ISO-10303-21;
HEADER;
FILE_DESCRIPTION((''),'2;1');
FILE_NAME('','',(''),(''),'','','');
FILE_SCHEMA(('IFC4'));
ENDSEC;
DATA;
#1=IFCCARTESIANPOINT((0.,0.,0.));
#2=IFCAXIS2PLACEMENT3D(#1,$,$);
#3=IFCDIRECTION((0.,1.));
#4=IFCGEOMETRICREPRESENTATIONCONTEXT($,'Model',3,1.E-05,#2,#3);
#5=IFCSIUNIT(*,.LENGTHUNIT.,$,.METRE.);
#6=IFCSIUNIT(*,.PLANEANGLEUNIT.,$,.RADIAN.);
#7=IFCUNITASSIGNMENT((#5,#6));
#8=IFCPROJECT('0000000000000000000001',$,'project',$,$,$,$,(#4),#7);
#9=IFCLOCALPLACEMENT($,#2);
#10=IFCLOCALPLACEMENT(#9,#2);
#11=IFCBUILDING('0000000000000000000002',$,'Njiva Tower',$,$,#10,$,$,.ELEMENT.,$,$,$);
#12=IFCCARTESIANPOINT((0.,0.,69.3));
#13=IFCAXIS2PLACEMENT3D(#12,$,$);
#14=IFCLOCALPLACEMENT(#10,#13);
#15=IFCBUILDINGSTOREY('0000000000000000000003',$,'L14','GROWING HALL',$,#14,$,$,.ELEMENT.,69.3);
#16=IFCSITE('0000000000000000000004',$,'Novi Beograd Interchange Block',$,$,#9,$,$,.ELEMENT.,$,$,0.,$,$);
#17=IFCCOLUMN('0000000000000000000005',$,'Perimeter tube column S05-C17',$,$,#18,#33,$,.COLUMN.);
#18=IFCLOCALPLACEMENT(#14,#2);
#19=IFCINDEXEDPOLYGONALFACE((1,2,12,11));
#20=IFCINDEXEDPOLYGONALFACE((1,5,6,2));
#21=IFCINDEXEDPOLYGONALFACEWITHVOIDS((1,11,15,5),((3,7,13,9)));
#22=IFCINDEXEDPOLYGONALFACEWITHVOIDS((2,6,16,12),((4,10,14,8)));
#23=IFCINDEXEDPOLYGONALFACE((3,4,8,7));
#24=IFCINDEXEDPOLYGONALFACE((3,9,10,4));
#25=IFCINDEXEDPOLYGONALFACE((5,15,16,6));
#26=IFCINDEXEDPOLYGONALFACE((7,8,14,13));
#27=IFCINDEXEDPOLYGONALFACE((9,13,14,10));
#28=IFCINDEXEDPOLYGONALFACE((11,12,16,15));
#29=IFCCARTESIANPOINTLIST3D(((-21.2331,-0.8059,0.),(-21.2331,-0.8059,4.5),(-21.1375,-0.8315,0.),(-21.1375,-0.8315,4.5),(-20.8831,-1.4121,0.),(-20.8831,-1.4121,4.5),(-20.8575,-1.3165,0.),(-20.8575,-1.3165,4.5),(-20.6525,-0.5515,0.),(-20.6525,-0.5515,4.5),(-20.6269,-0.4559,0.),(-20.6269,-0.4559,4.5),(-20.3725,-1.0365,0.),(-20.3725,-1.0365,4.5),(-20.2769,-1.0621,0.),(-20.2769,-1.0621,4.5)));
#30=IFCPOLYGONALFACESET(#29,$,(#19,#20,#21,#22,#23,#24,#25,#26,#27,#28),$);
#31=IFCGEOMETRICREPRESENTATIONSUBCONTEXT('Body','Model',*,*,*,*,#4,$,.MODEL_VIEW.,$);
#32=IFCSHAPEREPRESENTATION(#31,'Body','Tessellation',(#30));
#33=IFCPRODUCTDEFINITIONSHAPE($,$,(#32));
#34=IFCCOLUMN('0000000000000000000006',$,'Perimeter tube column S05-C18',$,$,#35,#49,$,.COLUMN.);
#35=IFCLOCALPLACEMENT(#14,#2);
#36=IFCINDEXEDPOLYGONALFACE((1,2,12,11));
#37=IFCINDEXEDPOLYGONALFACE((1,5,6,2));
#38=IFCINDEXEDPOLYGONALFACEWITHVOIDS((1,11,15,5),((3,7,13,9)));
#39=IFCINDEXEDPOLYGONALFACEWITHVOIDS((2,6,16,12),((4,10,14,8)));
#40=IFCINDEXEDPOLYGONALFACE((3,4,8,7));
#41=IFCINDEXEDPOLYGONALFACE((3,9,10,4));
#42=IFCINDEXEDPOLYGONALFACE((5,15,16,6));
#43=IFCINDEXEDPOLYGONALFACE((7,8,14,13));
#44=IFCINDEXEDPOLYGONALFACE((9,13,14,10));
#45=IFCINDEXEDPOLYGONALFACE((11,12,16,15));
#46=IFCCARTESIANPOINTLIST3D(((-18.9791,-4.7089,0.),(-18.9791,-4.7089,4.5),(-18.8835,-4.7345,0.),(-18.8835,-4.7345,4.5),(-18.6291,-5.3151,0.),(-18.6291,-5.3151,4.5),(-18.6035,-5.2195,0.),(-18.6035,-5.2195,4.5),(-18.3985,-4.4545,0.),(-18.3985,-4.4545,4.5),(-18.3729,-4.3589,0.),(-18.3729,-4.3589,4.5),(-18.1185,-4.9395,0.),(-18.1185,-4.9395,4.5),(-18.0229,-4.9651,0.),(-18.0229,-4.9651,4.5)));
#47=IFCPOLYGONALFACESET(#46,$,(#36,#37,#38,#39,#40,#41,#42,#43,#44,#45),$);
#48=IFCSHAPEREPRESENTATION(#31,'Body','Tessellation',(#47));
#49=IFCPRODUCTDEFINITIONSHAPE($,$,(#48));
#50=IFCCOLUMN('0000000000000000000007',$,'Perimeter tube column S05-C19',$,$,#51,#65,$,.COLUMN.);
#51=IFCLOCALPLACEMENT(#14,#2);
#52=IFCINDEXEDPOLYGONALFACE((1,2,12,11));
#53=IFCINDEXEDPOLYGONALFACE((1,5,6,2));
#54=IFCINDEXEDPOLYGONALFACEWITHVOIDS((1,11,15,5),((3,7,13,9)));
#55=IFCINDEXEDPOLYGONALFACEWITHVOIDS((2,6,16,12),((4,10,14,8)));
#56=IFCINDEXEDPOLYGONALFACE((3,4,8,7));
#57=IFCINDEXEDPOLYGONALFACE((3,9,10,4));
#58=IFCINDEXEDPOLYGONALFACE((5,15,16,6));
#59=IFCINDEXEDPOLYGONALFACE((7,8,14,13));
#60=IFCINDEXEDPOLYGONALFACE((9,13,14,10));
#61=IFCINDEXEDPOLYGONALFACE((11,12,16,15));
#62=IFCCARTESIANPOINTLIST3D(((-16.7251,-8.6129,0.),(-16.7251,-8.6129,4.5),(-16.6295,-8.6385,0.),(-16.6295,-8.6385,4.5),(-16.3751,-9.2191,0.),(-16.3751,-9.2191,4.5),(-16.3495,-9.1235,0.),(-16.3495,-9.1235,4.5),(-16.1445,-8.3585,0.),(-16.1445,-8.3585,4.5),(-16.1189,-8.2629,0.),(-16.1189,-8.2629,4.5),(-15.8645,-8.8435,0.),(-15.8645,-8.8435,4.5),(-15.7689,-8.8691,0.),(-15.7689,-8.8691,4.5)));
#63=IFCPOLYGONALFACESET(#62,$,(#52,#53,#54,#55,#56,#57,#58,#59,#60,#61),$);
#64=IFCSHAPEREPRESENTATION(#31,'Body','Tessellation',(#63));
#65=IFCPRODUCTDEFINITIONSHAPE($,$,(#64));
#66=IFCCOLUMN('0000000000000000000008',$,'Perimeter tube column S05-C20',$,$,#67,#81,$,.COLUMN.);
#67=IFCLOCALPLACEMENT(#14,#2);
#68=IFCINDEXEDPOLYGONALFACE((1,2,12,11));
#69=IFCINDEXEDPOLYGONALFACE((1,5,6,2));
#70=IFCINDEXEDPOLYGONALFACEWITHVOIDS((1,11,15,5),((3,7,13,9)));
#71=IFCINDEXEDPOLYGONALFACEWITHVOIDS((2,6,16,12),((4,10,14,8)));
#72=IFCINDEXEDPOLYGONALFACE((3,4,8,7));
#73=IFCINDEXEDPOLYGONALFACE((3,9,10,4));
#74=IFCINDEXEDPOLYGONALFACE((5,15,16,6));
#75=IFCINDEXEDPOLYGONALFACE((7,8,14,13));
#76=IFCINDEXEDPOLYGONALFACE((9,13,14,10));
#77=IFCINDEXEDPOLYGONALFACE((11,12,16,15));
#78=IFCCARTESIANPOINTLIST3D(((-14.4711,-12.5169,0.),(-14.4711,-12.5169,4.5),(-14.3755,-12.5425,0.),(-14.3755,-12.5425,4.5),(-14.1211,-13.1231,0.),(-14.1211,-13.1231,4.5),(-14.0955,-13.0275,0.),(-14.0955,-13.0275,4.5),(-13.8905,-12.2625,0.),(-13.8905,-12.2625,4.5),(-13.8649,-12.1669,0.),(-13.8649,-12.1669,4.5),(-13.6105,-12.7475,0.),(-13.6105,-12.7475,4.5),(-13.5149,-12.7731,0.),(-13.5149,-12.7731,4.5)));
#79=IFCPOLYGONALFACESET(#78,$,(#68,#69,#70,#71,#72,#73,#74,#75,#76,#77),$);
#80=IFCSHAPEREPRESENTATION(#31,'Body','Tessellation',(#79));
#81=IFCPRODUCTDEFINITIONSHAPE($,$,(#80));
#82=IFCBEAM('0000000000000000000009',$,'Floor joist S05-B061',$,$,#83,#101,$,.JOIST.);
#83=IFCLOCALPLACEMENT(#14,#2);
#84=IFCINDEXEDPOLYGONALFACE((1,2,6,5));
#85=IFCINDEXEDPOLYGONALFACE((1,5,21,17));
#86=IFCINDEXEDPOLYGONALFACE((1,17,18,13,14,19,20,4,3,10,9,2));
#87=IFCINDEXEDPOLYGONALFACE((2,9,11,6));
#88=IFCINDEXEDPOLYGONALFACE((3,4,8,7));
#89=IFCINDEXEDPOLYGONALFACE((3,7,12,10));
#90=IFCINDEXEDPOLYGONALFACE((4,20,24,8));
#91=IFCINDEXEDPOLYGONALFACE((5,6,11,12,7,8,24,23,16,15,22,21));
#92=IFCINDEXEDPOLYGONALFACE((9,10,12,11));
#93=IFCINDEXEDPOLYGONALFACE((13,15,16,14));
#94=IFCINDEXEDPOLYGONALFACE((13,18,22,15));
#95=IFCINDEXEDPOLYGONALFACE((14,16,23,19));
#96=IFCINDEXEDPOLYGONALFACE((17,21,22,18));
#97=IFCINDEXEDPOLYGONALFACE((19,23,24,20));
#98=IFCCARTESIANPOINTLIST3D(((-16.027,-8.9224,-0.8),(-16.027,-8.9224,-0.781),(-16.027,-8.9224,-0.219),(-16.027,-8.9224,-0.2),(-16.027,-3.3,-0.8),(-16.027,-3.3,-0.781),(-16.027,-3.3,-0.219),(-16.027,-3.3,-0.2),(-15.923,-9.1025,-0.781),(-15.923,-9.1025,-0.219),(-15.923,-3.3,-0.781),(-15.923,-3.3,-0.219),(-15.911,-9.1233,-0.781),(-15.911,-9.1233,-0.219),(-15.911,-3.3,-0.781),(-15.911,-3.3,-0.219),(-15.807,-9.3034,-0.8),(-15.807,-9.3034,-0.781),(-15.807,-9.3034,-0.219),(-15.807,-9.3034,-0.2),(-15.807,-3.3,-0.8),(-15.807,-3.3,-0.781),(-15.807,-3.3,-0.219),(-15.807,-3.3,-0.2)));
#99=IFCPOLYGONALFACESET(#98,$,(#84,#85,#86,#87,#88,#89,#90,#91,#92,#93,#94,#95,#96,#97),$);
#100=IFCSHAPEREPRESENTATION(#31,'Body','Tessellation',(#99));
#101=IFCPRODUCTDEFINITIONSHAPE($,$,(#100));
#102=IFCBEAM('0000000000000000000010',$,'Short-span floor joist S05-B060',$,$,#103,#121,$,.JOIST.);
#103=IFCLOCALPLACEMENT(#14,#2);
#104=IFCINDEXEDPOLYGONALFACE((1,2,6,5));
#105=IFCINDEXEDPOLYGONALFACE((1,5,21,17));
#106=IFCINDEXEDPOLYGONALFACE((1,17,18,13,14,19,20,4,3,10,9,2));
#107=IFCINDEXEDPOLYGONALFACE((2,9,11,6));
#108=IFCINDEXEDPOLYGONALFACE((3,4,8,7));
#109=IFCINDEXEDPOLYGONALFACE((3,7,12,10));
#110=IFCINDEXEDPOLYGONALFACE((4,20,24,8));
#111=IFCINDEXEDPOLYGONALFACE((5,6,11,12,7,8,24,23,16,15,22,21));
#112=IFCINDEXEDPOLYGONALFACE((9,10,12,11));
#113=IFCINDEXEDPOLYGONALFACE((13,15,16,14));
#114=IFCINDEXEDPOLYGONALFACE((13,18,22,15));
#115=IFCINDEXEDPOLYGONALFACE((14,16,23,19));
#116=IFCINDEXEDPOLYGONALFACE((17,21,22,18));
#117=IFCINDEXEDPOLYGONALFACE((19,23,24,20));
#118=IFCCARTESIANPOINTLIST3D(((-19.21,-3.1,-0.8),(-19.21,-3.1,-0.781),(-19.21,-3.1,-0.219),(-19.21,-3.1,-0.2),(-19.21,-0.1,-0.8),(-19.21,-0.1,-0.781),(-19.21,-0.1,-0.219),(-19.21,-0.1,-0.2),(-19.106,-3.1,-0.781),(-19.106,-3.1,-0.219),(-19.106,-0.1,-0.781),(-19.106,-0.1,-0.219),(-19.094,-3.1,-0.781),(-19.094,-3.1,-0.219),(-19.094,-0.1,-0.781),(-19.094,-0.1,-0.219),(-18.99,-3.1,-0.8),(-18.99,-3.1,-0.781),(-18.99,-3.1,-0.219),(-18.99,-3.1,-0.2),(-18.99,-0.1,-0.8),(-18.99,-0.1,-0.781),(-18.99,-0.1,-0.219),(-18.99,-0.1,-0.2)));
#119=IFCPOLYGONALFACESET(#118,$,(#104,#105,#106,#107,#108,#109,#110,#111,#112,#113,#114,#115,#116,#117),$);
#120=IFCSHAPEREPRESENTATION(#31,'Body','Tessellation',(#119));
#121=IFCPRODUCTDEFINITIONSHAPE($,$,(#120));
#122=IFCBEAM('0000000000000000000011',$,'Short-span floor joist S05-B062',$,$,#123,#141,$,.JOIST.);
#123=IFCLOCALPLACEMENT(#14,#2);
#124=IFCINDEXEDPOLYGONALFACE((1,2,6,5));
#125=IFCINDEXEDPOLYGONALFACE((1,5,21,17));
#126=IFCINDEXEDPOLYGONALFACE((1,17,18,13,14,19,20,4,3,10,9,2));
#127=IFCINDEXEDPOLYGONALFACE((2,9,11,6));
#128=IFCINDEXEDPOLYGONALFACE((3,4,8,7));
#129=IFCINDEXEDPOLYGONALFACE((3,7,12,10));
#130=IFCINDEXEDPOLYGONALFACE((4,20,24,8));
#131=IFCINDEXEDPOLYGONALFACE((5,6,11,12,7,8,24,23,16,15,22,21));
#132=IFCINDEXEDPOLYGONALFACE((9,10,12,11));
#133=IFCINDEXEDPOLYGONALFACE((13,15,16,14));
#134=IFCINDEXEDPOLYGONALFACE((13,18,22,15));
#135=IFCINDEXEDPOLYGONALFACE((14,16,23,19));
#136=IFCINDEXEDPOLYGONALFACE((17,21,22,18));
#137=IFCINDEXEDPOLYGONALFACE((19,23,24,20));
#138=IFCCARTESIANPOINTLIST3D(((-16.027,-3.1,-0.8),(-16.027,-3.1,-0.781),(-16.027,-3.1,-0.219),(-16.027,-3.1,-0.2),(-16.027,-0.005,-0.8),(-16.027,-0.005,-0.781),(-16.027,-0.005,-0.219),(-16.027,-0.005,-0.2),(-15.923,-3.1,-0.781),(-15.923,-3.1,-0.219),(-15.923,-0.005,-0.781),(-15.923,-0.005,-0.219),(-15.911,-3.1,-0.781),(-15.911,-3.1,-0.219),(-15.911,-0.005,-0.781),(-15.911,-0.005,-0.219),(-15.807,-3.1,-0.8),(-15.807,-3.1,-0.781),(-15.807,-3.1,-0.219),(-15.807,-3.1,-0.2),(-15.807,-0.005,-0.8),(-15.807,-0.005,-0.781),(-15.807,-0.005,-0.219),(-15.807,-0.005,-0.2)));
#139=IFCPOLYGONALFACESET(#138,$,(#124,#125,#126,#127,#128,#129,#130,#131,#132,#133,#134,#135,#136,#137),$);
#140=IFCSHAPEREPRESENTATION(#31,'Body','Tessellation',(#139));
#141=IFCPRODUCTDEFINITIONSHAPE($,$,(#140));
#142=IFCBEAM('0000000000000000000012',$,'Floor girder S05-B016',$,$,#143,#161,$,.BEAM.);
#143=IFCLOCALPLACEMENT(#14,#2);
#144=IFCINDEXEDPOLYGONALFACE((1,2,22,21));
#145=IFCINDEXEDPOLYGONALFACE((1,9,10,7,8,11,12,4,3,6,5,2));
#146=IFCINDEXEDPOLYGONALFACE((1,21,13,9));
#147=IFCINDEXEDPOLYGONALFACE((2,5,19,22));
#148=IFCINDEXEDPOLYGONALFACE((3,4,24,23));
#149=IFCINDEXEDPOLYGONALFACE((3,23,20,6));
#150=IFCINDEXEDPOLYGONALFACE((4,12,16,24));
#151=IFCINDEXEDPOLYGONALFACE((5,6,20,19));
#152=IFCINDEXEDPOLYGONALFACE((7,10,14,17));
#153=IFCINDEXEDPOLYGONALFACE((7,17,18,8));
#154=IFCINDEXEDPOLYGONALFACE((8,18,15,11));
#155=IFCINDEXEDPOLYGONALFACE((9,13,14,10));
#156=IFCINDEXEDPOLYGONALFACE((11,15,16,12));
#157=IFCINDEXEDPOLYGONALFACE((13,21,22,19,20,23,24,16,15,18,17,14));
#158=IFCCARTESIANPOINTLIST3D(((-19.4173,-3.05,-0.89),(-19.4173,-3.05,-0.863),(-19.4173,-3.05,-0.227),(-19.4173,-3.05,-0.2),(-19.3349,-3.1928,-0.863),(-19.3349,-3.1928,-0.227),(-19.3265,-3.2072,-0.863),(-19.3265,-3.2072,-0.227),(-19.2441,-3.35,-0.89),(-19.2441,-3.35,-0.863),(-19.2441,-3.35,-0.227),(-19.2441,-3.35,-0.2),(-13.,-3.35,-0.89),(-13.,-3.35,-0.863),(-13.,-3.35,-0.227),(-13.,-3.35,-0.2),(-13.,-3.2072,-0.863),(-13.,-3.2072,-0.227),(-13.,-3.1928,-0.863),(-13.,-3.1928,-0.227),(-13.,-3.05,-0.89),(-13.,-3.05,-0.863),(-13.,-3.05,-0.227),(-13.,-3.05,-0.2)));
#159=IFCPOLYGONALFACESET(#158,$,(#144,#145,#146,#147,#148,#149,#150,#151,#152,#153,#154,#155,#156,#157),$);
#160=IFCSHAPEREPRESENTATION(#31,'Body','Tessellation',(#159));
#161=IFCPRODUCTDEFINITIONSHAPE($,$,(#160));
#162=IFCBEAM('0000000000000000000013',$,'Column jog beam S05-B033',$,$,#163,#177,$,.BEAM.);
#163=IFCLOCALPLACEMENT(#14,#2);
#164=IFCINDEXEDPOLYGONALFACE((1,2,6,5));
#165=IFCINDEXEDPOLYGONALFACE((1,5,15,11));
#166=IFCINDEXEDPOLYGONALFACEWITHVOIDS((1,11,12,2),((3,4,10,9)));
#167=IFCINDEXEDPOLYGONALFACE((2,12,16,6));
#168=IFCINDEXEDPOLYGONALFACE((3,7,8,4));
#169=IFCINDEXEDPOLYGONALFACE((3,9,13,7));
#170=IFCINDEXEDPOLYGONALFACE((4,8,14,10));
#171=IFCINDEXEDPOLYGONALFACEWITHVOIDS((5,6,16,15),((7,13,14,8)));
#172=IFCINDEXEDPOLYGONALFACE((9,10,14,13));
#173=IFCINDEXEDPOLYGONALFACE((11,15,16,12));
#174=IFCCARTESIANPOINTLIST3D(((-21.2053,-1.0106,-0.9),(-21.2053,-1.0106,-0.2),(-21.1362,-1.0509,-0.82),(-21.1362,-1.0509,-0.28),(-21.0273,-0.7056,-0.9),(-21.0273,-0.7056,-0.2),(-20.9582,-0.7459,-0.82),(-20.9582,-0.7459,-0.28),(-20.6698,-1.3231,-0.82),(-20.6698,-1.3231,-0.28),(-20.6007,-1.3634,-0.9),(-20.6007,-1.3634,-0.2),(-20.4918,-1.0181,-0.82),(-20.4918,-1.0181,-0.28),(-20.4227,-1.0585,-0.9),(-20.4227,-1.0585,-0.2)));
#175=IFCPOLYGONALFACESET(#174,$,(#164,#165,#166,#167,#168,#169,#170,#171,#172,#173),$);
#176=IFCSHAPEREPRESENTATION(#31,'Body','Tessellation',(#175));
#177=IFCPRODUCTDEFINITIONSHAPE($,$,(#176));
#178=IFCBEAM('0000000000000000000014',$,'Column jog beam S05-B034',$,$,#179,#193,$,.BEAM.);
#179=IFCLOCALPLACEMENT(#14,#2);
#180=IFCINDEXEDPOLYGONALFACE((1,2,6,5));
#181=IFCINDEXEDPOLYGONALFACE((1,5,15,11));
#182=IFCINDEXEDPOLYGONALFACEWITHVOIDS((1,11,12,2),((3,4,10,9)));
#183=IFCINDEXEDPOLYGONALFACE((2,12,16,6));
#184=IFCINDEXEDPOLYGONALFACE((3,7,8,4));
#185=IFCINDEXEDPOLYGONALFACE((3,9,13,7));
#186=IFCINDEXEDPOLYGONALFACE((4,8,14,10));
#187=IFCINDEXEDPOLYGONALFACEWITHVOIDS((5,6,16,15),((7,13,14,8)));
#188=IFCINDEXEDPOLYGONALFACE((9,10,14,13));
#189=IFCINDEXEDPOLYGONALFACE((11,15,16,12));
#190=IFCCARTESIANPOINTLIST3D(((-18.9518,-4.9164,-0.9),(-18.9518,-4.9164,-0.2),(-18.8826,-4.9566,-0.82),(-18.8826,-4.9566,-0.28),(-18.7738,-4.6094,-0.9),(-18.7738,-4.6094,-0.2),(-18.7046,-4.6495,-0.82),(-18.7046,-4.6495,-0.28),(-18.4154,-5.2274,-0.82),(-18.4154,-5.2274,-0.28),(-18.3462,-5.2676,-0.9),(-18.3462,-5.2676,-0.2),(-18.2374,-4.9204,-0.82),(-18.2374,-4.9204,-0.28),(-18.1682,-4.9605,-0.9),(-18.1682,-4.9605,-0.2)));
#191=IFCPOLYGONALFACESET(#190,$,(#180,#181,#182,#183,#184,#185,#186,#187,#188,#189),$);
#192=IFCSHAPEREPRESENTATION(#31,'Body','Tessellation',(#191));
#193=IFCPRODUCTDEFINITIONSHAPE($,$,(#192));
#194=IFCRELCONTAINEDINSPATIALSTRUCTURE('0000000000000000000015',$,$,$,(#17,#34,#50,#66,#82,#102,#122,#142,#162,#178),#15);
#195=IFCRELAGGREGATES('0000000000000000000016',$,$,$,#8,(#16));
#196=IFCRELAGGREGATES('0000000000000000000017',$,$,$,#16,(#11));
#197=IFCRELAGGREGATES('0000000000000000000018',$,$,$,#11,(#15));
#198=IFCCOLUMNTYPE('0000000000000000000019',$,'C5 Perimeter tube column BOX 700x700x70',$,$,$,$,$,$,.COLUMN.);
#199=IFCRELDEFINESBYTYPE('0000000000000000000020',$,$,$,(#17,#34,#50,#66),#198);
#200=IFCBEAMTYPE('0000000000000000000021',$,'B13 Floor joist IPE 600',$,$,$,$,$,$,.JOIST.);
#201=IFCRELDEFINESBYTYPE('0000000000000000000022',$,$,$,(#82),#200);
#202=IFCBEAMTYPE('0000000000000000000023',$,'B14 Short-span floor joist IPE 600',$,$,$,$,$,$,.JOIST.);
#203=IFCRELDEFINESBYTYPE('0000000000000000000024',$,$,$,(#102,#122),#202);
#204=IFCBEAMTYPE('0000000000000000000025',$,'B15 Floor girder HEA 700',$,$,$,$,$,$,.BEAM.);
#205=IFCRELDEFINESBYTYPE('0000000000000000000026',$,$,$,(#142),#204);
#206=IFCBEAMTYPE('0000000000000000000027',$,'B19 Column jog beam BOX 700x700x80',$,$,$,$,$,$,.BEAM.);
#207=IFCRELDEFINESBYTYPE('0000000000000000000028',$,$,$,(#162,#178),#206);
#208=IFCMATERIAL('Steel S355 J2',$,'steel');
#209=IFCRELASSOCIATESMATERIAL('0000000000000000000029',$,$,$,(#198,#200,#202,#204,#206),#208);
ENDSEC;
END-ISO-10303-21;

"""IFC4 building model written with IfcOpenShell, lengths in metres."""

from ifc_helpers import new_model, si_unit, direction, frame, origin, origin_2d, place, context, subcontext, project, spatial, hollow_rectangle, i_section, extrude, clip, halfspace, material, material_profile, profile_set, type_object, element, save


model = new_model("IFC4")

# Units and contexts
model_context = context("Model", 3, precision=1e-05, world=origin(), true_north=direction((0.0, 1.0)))
body_context = subcontext(model_context, "Body", "Model", "MODEL_VIEW")
ifc_project = project(units=[si_unit("LENGTHUNIT", "METRE"), si_unit("PLANEANGLEUNIT", "RADIAN")], contexts=[model_context])

# Site, building, storey
site_placement = place(None, origin())
site = spatial("IfcSite", under=ifc_project, at=site_placement, Name="Novi Beograd Interchange Block", CompositionType="ELEMENT", RefElevation=0.0)
building_placement = place(site_placement, origin())
building = spatial("IfcBuilding", under=site, at=building_placement, Name="Njiva Tower", CompositionType="ELEMENT")
storey_placement = place(building_placement, frame((0.0, 0.0, 69.3)))
storey = spatial("IfcBuildingStorey", under=building, at=storey_placement, Name="L14", Description="GROWING HALL", CompositionType="ELEMENT", Elevation=69.3)

# Columns
ifc_material_1 = material(Name="Steel S355 J2", Category="steel")
ifc_material_profile_1 = material_profile(ifc_material_1, hollow_rectangle(XDim=0.7, YDim=0.7, WallThickness=0.07, at=origin_2d()), Name="BOX 700x700x70")
ifc_profile_set_1 = profile_set([ifc_material_profile_1], Name="Steel S355 J2")
column_type = type_object("IfcColumnType", Name="C5 Perimeter tube column BOX 700x700x70", PredefinedType="COLUMN", material=ifc_profile_set_1)
for number, where, z_axis, x_axis, name in (
    (1, (-20.755, -0.934, 0.0), (0.0, 0.0, 1.0), (0.5, -0.866025, 0.0), "Perimeter tube column S05-C17"),
    (2, (-18.501, -4.837, 0.0), (0.0, 0.0, 1.0), (0.5, -0.866025, 0.0), "Perimeter tube column S05-C18"),
    (3, (-16.247, -8.741, 0.0), (0.0, 0.0, 1.0), (0.5, -0.866025, 0.0), "Perimeter tube column S05-C19"),
    (4, (-13.993, -12.645, 0.0), (0.0, 0.0, 1.0), (0.5, -0.866025, 0.0), "Perimeter tube column S05-C20"),
):
    element("IfcColumn", number, at=place(storey_placement, frame(where, z_axis=z_axis, x_axis=x_axis)), inside=storey, type_object=column_type, Name=name, PredefinedType="COLUMN", context=body_context, shape_type="SweptSolid", body=[
        extrude(hollow_rectangle(XDim=0.7, YDim=0.7, WallThickness=0.07, at=origin_2d()), origin(), (0.0, 0.0, 1.0), 4.5),
    ])

# Beams
ifc_material_profile_2 = material_profile(ifc_material_1, i_section(OverallWidth=0.22, OverallDepth=0.6, WebThickness=0.012, FlangeThickness=0.019, at=origin_2d()), Name="IPE 600")
ifc_profile_set_2 = profile_set([ifc_material_profile_2], Name="Steel S355 J2")
beam_type_1 = type_object("IfcBeamType", Name="B13 Floor joist IPE 600", PredefinedType="JOIST", material=ifc_profile_set_2)
beam_1_placement = place(storey_placement, frame((-15.917, -3.3, -0.5), z_axis=(0.0, -1.0, 0.0), x_axis=(1.0, 0.0, 0.0)))
element("IfcBeam", 5, at=beam_1_placement, inside=storey, type_object=beam_type_1, Name="Floor joist S05-B061", PredefinedType="JOIST", context=body_context, shape_type="Clipping", body=[
    clip(extrude(i_section(OverallWidth=0.22, OverallDepth=0.6, WebThickness=0.012, FlangeThickness=0.019, at=origin_2d()), origin(), (0.0, 0.0, 1.0), 6.024), halfspace(frame((-0.043, 0.0, 5.7384), z_axis=(-0.866027, 0.0, 0.499998), x_axis=(0.0, 1.0, 0.0)), False)),
])
ifc_material_profile_3 = material_profile(ifc_material_1, i_section(OverallWidth=0.22, OverallDepth=0.6, WebThickness=0.012, FlangeThickness=0.019, at=origin_2d()), Name="IPE 600")
ifc_profile_set_3 = profile_set([ifc_material_profile_3], Name="Steel S355 J2")
beam_type_2 = type_object("IfcBeamType", Name="B14 Short-span floor joist IPE 600", PredefinedType="JOIST", material=ifc_profile_set_3)
beam_2_placement = place(storey_placement, frame((-19.1, -0.1, -0.5), z_axis=(0.0, -1.0, 0.0), x_axis=(1.0, 0.0, 0.0)))
element("IfcBeam", 6, at=beam_2_placement, inside=storey, type_object=beam_type_2, Name="Short-span floor joist S05-B060", PredefinedType="JOIST", context=body_context, shape_type="SweptSolid", body=[
    extrude(i_section(OverallWidth=0.22, OverallDepth=0.6, WebThickness=0.012, FlangeThickness=0.019, at=origin_2d()), origin(), (0.0, 0.0, 1.0), 3.0),
])
beam_3_placement = place(storey_placement, frame((-15.917, -0.005, -0.5), z_axis=(0.0, -1.0, 0.0), x_axis=(1.0, 0.0, 0.0)))
element("IfcBeam", 7, at=beam_3_placement, inside=storey, type_object=beam_type_2, Name="Short-span floor joist S05-B062", PredefinedType="JOIST", context=body_context, shape_type="SweptSolid", body=[
    extrude(i_section(OverallWidth=0.22, OverallDepth=0.6, WebThickness=0.012, FlangeThickness=0.019, at=origin_2d()), origin(), (0.0, 0.0, 1.0), 3.095),
])
ifc_material_profile_4 = material_profile(ifc_material_1, i_section(OverallWidth=0.3, OverallDepth=0.69, WebThickness=0.0145, FlangeThickness=0.027, at=origin_2d()), Name="HEA 700")
ifc_profile_set_4 = profile_set([ifc_material_profile_4], Name="Steel S355 J2")
beam_type_3 = type_object("IfcBeamType", Name="B15 Floor girder HEA 700", PredefinedType="BEAM", material=ifc_profile_set_4)
beam_4_placement = place(storey_placement, frame((-19.438, -3.2, -0.545), z_axis=(1.0, 0.0, 0.0), x_axis=(0.0, 1.0, 0.0)))
element("IfcBeam", 8, at=beam_4_placement, inside=storey, type_object=beam_type_3, Name="Floor girder S05-B016", PredefinedType="BEAM", context=body_context, shape_type="Clipping", body=[
    clip(extrude(i_section(OverallWidth=0.3, OverallDepth=0.69, WebThickness=0.0145, FlangeThickness=0.027, at=origin_2d()), origin(), (0.0, 0.0, 1.0), 6.438), halfspace(frame((-0.025, 0.0, 0.1217), z_axis=(-0.499998, 0.0, -0.866027), x_axis=(0.0, -1.0, 0.0)), False)),
])
ifc_material_profile_5 = material_profile(ifc_material_1, hollow_rectangle(XDim=0.7, YDim=0.7, WallThickness=0.08, at=origin_2d()), Name="BOX 700x700x80")
ifc_profile_set_5 = profile_set([ifc_material_profile_5], Name="Steel S355 J2")
beam_type_4 = type_object("IfcBeamType", Name="B19 Column jog beam BOX 700x700x80", PredefinedType="BEAM", material=ifc_profile_set_5)
beam_5_placement = place(storey_placement, frame((-20.903, -1.187, -0.55), z_axis=(0.504047, 0.863676, 0.0), x_axis=(-0.863676, 0.504047, 0.0)))
element("IfcBeam", 9, at=beam_5_placement, inside=storey, type_object=beam_type_4, Name="Column jog beam S05-B033", PredefinedType="BEAM", context=body_context, shape_type="SweptSolid", body=[
    extrude(hollow_rectangle(XDim=0.7, YDim=0.7, WallThickness=0.08, at=origin_2d()), origin(), (0.0, 0.0, 1.0), 0.3531),
])
for number, where, z_axis, x_axis, name in (
    (10, (-18.649, -5.092, -0.55), (0.501592, 0.865105, 0.0), (-0.865105, 0.501592, 0.0), "Column jog beam S05-B034"),
):
    element("IfcBeam", number, at=place(storey_placement, frame(where, z_axis=z_axis, x_axis=x_axis)), inside=storey, type_object=beam_type_4, Name=name, PredefinedType="BEAM", context=body_context, shape_type="SweptSolid", body=[
        extrude(hollow_rectangle(XDim=0.7, YDim=0.7, WallThickness=0.08, at=origin_2d()), origin(), (0.0, 0.0, 1.0), 0.3549),
    ])

save(model, "model.ifc")
